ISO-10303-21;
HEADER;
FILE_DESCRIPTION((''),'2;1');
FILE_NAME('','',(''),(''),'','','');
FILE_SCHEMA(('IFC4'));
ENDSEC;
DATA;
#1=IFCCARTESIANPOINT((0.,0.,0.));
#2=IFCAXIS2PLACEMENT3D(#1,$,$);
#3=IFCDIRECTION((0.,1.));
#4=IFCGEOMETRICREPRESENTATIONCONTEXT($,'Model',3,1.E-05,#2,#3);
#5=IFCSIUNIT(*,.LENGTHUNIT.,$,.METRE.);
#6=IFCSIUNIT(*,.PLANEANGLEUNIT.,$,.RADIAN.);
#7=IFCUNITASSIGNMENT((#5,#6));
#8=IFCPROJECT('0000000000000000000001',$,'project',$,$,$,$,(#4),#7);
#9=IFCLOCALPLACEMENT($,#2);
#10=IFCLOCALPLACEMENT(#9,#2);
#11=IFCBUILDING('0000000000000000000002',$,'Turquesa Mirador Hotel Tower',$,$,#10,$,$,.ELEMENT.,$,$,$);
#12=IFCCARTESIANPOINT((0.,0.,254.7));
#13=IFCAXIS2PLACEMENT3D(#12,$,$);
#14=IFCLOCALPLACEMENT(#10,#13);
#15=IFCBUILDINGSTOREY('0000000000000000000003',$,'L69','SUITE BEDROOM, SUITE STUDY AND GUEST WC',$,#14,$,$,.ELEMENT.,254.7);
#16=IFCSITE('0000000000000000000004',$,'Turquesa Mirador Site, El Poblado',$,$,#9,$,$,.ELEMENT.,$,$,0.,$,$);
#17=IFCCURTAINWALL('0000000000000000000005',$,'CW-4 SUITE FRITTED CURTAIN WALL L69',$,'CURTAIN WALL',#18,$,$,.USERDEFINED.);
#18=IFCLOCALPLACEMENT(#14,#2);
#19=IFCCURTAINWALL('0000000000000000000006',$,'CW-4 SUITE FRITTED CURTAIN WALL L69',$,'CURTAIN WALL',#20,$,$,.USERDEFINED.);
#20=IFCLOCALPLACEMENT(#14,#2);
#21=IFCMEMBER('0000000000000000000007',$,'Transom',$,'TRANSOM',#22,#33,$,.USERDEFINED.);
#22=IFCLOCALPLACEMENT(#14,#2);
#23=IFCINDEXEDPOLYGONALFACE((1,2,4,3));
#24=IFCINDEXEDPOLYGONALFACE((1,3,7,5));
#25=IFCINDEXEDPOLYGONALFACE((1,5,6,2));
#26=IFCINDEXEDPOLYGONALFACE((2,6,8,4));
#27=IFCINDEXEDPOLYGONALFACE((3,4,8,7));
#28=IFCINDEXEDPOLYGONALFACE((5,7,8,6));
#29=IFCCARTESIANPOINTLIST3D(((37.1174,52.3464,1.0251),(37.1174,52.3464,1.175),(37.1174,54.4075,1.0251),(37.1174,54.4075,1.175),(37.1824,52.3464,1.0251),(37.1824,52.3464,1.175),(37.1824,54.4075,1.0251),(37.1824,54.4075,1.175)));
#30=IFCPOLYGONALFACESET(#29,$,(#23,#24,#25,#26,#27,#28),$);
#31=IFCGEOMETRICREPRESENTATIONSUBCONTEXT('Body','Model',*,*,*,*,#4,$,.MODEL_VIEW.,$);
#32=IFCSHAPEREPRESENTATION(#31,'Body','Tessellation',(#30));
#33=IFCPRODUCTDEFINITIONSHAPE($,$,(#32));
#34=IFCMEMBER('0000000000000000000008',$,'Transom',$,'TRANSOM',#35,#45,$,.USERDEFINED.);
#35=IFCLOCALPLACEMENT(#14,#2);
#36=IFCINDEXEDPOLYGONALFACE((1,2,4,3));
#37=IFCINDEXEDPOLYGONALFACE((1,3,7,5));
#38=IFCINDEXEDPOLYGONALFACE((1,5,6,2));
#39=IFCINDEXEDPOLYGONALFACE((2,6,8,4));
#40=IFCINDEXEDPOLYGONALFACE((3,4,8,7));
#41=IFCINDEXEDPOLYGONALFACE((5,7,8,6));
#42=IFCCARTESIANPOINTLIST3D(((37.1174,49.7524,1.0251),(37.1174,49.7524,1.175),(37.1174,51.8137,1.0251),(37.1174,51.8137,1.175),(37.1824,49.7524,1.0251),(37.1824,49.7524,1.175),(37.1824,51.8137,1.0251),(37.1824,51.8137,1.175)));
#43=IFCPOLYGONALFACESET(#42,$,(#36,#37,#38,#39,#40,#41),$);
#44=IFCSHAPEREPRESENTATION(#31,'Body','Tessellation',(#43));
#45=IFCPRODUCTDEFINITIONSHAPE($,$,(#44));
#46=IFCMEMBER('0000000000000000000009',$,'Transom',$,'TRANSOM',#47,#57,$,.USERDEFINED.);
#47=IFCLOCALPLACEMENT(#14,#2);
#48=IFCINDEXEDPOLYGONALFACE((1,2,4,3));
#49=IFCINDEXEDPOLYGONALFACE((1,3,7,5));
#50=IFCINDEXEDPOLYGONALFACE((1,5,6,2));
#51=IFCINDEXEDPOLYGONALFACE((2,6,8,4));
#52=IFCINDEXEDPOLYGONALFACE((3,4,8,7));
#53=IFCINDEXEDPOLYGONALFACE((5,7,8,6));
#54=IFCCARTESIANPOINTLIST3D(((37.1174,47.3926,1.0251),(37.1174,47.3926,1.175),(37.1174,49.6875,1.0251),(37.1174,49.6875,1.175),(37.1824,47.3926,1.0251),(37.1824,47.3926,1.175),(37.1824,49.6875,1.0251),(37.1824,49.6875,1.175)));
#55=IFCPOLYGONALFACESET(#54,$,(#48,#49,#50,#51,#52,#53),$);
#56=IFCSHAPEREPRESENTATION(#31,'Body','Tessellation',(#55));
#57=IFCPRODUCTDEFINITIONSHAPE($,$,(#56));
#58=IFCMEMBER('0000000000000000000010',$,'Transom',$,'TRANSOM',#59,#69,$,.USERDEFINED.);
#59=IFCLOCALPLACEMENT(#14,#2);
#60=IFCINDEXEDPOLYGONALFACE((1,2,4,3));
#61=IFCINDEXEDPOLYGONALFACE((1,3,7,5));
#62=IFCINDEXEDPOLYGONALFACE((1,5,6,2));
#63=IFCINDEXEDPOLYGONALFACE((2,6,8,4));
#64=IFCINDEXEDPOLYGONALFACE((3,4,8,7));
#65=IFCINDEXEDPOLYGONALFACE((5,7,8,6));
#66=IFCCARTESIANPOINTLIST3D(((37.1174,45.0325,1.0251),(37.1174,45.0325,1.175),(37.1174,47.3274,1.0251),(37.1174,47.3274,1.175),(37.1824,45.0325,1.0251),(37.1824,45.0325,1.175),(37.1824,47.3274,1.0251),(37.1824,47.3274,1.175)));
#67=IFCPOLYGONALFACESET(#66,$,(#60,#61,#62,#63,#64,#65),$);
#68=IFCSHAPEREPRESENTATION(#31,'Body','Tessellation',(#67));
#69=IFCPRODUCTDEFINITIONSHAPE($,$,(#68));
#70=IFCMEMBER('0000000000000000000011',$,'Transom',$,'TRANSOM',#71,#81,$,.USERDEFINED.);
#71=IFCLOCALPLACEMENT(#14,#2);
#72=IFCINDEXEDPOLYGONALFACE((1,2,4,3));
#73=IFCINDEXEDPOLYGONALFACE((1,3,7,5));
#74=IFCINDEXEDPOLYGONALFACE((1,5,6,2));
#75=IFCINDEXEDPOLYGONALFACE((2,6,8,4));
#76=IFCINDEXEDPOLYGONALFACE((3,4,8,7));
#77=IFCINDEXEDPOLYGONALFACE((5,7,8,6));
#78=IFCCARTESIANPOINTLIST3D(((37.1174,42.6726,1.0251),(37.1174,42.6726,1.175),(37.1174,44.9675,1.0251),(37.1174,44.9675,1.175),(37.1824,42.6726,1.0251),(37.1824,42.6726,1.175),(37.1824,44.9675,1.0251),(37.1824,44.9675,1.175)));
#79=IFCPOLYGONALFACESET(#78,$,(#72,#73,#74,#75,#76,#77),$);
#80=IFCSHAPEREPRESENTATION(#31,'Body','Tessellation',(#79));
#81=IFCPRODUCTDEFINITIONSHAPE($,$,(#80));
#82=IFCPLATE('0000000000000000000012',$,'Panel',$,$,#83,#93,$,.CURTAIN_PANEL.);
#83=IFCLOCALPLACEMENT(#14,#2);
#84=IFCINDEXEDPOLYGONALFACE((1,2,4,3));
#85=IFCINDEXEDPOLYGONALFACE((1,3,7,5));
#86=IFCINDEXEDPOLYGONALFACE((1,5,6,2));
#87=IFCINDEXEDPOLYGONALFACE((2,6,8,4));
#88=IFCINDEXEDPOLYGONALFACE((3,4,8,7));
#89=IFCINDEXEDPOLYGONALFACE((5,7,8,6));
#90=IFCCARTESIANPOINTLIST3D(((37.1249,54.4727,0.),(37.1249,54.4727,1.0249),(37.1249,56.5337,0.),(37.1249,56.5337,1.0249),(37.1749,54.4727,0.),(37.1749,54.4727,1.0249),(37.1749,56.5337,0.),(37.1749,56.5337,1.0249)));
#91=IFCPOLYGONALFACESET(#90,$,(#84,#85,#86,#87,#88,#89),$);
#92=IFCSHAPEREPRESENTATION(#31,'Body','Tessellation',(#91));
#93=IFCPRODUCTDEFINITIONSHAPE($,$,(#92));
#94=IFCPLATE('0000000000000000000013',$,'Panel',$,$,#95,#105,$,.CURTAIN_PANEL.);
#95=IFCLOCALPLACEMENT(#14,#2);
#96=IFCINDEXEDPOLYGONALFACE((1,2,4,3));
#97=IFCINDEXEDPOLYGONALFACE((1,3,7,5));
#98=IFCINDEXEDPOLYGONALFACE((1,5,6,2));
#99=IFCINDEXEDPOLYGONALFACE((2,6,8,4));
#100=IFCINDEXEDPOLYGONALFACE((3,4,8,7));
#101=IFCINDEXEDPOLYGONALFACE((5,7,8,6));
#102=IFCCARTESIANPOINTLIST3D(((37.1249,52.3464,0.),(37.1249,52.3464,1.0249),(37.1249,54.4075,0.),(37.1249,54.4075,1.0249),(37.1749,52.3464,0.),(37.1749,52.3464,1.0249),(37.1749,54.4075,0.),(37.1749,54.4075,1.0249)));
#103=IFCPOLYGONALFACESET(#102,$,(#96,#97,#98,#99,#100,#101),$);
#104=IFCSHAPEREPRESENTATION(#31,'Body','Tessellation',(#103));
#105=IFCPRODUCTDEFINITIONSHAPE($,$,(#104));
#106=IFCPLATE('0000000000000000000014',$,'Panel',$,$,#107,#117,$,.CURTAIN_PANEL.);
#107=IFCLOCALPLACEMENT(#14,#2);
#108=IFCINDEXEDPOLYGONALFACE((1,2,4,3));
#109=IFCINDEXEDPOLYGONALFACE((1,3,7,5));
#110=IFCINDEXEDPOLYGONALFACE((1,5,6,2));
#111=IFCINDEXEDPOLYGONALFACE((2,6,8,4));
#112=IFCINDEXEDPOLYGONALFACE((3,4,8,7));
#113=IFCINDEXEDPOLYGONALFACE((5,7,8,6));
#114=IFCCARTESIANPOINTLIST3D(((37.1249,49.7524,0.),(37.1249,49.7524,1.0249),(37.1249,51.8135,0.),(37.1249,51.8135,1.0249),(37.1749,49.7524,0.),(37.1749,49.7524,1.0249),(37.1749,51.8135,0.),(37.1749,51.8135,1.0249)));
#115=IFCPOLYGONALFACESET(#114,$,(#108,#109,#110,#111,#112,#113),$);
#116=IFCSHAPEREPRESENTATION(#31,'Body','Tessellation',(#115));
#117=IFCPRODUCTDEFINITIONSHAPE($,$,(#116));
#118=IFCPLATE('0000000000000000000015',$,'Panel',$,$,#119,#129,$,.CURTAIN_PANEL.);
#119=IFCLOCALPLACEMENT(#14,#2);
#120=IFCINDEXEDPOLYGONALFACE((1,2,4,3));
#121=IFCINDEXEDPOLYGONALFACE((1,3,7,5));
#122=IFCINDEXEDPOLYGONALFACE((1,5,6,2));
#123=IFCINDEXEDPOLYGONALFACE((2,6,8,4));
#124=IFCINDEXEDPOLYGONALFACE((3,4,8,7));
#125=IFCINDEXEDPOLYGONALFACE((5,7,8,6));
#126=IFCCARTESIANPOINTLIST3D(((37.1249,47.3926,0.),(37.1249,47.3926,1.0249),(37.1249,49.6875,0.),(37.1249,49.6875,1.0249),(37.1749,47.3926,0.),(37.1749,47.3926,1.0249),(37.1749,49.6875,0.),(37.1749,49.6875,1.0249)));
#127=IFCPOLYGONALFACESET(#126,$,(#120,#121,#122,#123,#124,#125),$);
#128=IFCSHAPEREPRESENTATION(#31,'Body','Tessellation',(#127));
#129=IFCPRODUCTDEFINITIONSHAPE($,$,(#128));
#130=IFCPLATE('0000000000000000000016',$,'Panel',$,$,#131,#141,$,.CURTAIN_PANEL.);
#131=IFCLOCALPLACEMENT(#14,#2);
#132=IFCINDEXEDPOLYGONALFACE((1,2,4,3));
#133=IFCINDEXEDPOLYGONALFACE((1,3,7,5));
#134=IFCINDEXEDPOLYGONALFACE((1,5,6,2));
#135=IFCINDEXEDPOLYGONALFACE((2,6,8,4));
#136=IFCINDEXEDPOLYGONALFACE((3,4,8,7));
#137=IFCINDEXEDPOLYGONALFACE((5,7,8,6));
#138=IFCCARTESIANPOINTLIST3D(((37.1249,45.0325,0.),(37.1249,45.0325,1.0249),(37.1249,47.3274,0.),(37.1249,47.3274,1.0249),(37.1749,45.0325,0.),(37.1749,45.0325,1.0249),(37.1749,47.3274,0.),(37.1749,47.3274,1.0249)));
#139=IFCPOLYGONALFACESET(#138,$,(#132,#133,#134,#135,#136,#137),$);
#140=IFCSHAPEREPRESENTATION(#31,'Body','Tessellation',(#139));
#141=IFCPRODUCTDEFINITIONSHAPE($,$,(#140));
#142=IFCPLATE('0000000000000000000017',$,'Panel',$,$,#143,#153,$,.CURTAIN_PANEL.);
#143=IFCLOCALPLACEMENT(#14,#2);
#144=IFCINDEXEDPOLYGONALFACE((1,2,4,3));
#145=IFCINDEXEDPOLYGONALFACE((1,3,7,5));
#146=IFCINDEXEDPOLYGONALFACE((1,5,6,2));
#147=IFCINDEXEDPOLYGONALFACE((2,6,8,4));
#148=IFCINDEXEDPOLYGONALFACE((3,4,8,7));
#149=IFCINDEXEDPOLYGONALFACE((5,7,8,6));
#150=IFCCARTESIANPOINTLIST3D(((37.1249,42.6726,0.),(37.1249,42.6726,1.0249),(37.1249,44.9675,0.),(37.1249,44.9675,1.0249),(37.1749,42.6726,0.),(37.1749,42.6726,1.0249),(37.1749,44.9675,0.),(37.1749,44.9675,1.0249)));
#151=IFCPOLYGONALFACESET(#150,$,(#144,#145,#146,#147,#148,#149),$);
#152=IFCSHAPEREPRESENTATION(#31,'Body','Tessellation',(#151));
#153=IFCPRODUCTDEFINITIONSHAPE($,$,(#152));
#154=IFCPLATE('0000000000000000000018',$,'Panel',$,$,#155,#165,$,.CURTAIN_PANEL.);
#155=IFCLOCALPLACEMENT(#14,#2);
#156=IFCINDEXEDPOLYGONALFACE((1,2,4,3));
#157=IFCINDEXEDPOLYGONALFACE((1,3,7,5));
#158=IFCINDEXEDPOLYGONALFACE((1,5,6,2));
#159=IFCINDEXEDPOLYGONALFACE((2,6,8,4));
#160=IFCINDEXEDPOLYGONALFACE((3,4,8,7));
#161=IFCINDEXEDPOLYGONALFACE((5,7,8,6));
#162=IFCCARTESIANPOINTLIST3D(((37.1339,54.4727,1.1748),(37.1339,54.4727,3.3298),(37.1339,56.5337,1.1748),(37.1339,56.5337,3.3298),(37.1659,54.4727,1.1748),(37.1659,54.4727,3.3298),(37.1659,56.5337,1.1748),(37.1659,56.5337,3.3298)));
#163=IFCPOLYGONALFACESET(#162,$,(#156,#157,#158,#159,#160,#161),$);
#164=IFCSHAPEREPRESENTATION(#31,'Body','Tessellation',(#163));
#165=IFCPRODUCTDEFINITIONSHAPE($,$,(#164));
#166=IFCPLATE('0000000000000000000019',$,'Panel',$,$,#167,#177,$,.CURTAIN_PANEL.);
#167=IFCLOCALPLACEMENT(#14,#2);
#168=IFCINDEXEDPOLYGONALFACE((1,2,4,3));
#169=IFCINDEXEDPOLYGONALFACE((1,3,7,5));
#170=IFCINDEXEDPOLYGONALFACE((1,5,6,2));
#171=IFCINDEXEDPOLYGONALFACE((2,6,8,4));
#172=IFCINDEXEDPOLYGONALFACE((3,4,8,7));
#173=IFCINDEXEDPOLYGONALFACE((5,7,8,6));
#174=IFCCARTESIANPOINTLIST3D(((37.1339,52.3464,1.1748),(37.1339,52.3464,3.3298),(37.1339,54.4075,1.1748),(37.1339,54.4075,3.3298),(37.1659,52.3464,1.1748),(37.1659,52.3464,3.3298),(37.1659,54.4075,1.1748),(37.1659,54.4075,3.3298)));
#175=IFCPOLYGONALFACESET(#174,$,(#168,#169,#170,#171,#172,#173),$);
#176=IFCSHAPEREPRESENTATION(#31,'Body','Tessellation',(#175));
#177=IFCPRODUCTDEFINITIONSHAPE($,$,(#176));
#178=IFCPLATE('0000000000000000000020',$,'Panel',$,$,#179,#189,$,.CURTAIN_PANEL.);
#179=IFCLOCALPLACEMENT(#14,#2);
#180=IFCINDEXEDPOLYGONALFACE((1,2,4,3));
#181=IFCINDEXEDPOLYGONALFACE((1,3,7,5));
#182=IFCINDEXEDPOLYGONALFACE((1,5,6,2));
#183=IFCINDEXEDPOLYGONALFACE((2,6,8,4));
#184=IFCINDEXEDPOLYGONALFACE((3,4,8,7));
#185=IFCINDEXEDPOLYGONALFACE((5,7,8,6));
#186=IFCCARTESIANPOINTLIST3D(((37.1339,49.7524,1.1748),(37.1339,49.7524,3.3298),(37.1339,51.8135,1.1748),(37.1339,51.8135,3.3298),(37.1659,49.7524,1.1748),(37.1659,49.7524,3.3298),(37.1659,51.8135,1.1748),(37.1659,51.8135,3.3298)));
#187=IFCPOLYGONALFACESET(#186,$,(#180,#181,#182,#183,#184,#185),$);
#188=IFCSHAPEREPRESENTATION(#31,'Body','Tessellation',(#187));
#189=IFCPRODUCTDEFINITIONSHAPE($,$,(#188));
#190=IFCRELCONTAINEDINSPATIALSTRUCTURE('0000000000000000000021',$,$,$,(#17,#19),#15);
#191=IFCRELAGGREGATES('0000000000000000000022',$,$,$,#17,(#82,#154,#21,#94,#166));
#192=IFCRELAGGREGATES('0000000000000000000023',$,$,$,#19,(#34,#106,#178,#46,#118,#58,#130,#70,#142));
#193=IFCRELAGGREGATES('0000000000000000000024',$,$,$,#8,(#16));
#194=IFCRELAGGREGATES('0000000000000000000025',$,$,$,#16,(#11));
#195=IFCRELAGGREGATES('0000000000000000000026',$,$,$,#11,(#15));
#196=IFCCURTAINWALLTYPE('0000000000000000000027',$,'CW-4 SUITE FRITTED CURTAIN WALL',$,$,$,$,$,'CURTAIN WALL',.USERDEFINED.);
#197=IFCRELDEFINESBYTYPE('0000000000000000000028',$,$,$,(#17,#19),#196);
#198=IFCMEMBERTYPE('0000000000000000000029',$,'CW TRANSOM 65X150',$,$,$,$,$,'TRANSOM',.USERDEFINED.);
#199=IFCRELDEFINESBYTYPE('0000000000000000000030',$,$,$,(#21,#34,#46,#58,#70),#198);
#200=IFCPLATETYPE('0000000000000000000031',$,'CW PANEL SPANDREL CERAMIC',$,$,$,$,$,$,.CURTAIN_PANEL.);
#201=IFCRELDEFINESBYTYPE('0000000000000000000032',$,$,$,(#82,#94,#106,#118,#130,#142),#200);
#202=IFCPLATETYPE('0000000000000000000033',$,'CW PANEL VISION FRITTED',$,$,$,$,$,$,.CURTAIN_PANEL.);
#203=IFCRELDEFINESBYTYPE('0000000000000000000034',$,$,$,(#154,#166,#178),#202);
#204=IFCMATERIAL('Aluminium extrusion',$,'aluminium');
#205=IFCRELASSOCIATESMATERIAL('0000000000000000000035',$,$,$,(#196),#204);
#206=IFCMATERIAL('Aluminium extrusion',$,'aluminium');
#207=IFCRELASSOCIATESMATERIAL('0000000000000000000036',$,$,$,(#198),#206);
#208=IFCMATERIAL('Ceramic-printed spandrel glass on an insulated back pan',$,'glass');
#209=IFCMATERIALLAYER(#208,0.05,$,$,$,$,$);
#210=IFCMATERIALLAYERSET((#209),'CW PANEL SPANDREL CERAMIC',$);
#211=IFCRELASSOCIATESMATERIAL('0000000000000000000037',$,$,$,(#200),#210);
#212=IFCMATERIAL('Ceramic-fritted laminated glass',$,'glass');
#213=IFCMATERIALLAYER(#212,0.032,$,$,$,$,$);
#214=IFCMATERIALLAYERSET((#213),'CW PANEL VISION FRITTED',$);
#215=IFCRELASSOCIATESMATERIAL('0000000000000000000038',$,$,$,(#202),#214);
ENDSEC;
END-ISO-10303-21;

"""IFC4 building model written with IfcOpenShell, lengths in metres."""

from ifc_helpers import new_model, si_unit, direction, frame, origin, origin_2d, place, context, subcontext, project, spatial, rectangle, extrude, material, layer, layer_set, material_profile, profile_set, type_object, element, aggregate, save


model = new_model("IFC4")

# Units and contexts
model_context = context("Model", 3, precision=1e-05, world=origin(), true_north=direction((0.0, 1.0)))
body_context = subcontext(model_context, "Body", "Model", "MODEL_VIEW")
ifc_project = project(units=[si_unit("LENGTHUNIT", "METRE"), si_unit("PLANEANGLEUNIT", "RADIAN")], contexts=[model_context])

# Site, building, storey
site_placement = place(None, origin())
site = spatial("IfcSite", under=ifc_project, at=site_placement, Name="Turquesa Mirador Site, El Poblado", CompositionType="ELEMENT", RefElevation=0.0)
building_placement = place(site_placement, origin())
building = spatial("IfcBuilding", under=site, at=building_placement, Name="Turquesa Mirador Hotel Tower", CompositionType="ELEMENT")
storey_placement = place(building_placement, frame((0.0, 0.0, 254.7)))
storey = spatial("IfcBuildingStorey", under=building, at=storey_placement, Name="L69", Description="SUITE BEDROOM, SUITE STUDY AND GUEST WC", CompositionType="ELEMENT", Elevation=254.7)

# Curtain walls
ifc_material_1 = material(Name="Aluminium extrusion", Category="aluminium")
curtain_wall_type = type_object("IfcCurtainWallType", Name="CW-4 SUITE FRITTED CURTAIN WALL", ElementType="CURTAIN WALL", PredefinedType="USERDEFINED", material=ifc_material_1)
curtain_wall_1_placement = place(storey_placement, origin())
curtain_wall_1 = element("IfcCurtainWall", 1, at=curtain_wall_1_placement, inside=storey, type_object=curtain_wall_type, Name="CW-4 SUITE FRITTED CURTAIN WALL L69", ObjectType="CURTAIN WALL", PredefinedType="USERDEFINED")
curtain_wall_2_placement = place(storey_placement, origin())
curtain_wall_2 = element("IfcCurtainWall", 2, at=curtain_wall_2_placement, inside=storey, type_object=curtain_wall_type, Name="CW-4 SUITE FRITTED CURTAIN WALL L69", ObjectType="CURTAIN WALL", PredefinedType="USERDEFINED")

# Members
ifc_material_2 = material(Name="Aluminium extrusion", Category="aluminium")
ifc_material_profile_1 = material_profile(ifc_material_2, rectangle(XDim=0.0649, YDim=0.1499, at=origin_2d()), Name="TRANSOM 65X150")
ifc_profile_set_1 = profile_set([ifc_material_profile_1], Name="Aluminium extrusion")
member_type_1 = type_object("IfcMemberType", Name="CW TRANSOM 65X150", ElementType="TRANSOM", PredefinedType="USERDEFINED", material=ifc_profile_set_1)
member_1_placement = place(storey_placement, frame((37.1499, 54.4075, 1.1001), z_axis=(0.0, -1.0, 0.0), x_axis=(1.0, 0.0, 0.0)))
member_1 = element("IfcMember", 3, at=member_1_placement, type_object=member_type_1, Name="Transom", ObjectType="TRANSOM", PredefinedType="USERDEFINED", context=body_context, shape_type="SweptSolid", body=[
    extrude(rectangle(XDim=0.0649, YDim=0.1499, at=origin_2d()), origin(), (0.0, 0.0, 1.0), 2.061),
])
member_2_placement = place(storey_placement, frame((37.1499, 51.8137, 1.1001), z_axis=(0.0, -1.0, 0.0), x_axis=(1.0, 0.0, 0.0)))
member_2 = element("IfcMember", 4, at=member_2_placement, type_object=member_type_1, Name="Transom", ObjectType="TRANSOM", PredefinedType="USERDEFINED", context=body_context, shape_type="SweptSolid", body=[
    extrude(rectangle(XDim=0.0649, YDim=0.1499, at=origin_2d()), origin(), (0.0, 0.0, 1.0), 2.0613),
])
member_3_placement = place(storey_placement, frame((37.1499, 49.6875, 1.1001), z_axis=(0.0, -1.0, 0.0), x_axis=(1.0, 0.0, 0.0)))
member_3 = element("IfcMember", 5, at=member_3_placement, type_object=member_type_1, Name="Transom", ObjectType="TRANSOM", PredefinedType="USERDEFINED", context=body_context, shape_type="SweptSolid", body=[
    extrude(rectangle(XDim=0.0649, YDim=0.1499, at=origin_2d()), origin(), (0.0, 0.0, 1.0), 2.2949),
])
member_4_placement = place(storey_placement, frame((37.1499, 47.3274, 1.1001), z_axis=(0.0, -1.0, 0.0), x_axis=(1.0, 0.0, 0.0)))
member_4 = element("IfcMember", 6, at=member_4_placement, type_object=member_type_1, Name="Transom", ObjectType="TRANSOM", PredefinedType="USERDEFINED", context=body_context, shape_type="SweptSolid", body=[
    extrude(rectangle(XDim=0.0649, YDim=0.1499, at=origin_2d()), origin(), (0.0, 0.0, 1.0), 2.2949),
])
member_5_placement = place(storey_placement, frame((37.1499, 44.9675, 1.1001), z_axis=(0.0, -1.0, 0.0), x_axis=(1.0, 0.0, 0.0)))
member_5 = element("IfcMember", 7, at=member_5_placement, type_object=member_type_1, Name="Transom", ObjectType="TRANSOM", PredefinedType="USERDEFINED", context=body_context, shape_type="SweptSolid", body=[
    extrude(rectangle(XDim=0.0649, YDim=0.1499, at=origin_2d()), origin(), (0.0, 0.0, 1.0), 2.2949),
])

# Plates
ifc_material_3 = material(Name="Ceramic-printed spandrel glass on an insulated back pan", Category="glass")
ifc_layer_1 = layer(ifc_material_3, 0.05)
ifc_layer_set_1 = layer_set([ifc_layer_1], Name="CW PANEL SPANDREL CERAMIC")
plate_type_1 = type_object("IfcPlateType", Name="CW PANEL SPANDREL CERAMIC", PredefinedType="CURTAIN_PANEL", material=ifc_layer_set_1)
plate_1_placement = place(storey_placement, frame((37.1499, 55.5032, 0.0), z_axis=(0.0, 0.0, 1.0), x_axis=(0.0, -1.0, 0.0)))
plate_1 = element("IfcPlate", 8, at=plate_1_placement, type_object=plate_type_1, Name="Panel", PredefinedType="CURTAIN_PANEL", context=body_context, shape_type="SweptSolid", body=[
    extrude(rectangle(XDim=2.061, YDim=0.05, at=origin_2d()), origin(), (0.0, 0.0, 1.0), 1.0249),
])
plate_2_placement = place(storey_placement, frame((37.1499, 53.377, 0.0), z_axis=(0.0, 0.0, 1.0), x_axis=(0.0, -1.0, 0.0)))
plate_2 = element("IfcPlate", 9, at=plate_2_placement, type_object=plate_type_1, Name="Panel", PredefinedType="CURTAIN_PANEL", context=body_context, shape_type="SweptSolid", body=[
    extrude(rectangle(XDim=2.061, YDim=0.05, at=origin_2d()), origin(), (0.0, 0.0, 1.0), 1.0249),
])
plate_3_placement = place(storey_placement, frame((37.1499, 50.783, 0.0), z_axis=(0.0, 0.0, 1.0), x_axis=(0.0, -1.0, 0.0)))
plate_3 = element("IfcPlate", 10, at=plate_3_placement, type_object=plate_type_1, Name="Panel", PredefinedType="CURTAIN_PANEL", context=body_context, shape_type="SweptSolid", body=[
    extrude(rectangle(XDim=2.061, YDim=0.05, at=origin_2d()), origin(), (0.0, 0.0, 1.0), 1.0249),
])
plate_4_placement = place(storey_placement, frame((37.1499, 48.54, 0.0), z_axis=(0.0, 0.0, 1.0), x_axis=(0.0, -1.0, 0.0)))
plate_4 = element("IfcPlate", 11, at=plate_4_placement, type_object=plate_type_1, Name="Panel", PredefinedType="CURTAIN_PANEL", context=body_context, shape_type="SweptSolid", body=[
    extrude(rectangle(XDim=2.2949, YDim=0.05, at=origin_2d()), origin(), (0.0, 0.0, 1.0), 1.0249),
])
plate_5_placement = place(storey_placement, frame((37.1499, 46.1799, 0.0), z_axis=(0.0, 0.0, 1.0), x_axis=(0.0, -1.0, 0.0)))
plate_5 = element("IfcPlate", 12, at=plate_5_placement, type_object=plate_type_1, Name="Panel", PredefinedType="CURTAIN_PANEL", context=body_context, shape_type="SweptSolid", body=[
    extrude(rectangle(XDim=2.2949, YDim=0.05, at=origin_2d()), origin(), (0.0, 0.0, 1.0), 1.0249),
])
plate_6_placement = place(storey_placement, frame((37.1499, 43.8201, 0.0), z_axis=(0.0, 0.0, 1.0), x_axis=(0.0, -1.0, 0.0)))
plate_6 = element("IfcPlate", 13, at=plate_6_placement, type_object=plate_type_1, Name="Panel", PredefinedType="CURTAIN_PANEL", context=body_context, shape_type="SweptSolid", body=[
    extrude(rectangle(XDim=2.2949, YDim=0.05, at=origin_2d()), origin(), (0.0, 0.0, 1.0), 1.0249),
])
ifc_material_4 = material(Name="Ceramic-fritted laminated glass", Category="glass")
ifc_layer_2 = layer(ifc_material_4, 0.032)
ifc_layer_set_2 = layer_set([ifc_layer_2], Name="CW PANEL VISION FRITTED")
plate_type_2 = type_object("IfcPlateType", Name="CW PANEL VISION FRITTED", PredefinedType="CURTAIN_PANEL", material=ifc_layer_set_2)
plate_7_placement = place(storey_placement, frame((37.1499, 55.5032, 1.1748), z_axis=(0.0, 0.0, 1.0), x_axis=(0.0, -1.0, 0.0)))
plate_7 = element("IfcPlate", 14, at=plate_7_placement, type_object=plate_type_2, Name="Panel", PredefinedType="CURTAIN_PANEL", context=body_context, shape_type="SweptSolid", body=[
    extrude(rectangle(XDim=2.061, YDim=0.032, at=origin_2d()), origin(), (0.0, 0.0, 1.0), 2.155),
])
plate_8_placement = place(storey_placement, frame((37.1499, 53.377, 1.1748), z_axis=(0.0, 0.0, 1.0), x_axis=(0.0, -1.0, 0.0)))
plate_8 = element("IfcPlate", 15, at=plate_8_placement, type_object=plate_type_2, Name="Panel", PredefinedType="CURTAIN_PANEL", context=body_context, shape_type="SweptSolid", body=[
    extrude(rectangle(XDim=2.061, YDim=0.032, at=origin_2d()), origin(), (0.0, 0.0, 1.0), 2.155),
])
aggregate(curtain_wall_1, [plate_1, plate_7, member_1, plate_2, plate_8])
plate_9_placement = place(storey_placement, frame((37.1499, 50.783, 1.1748), z_axis=(0.0, 0.0, 1.0), x_axis=(0.0, -1.0, 0.0)))
plate_9 = element("IfcPlate", 16, at=plate_9_placement, type_object=plate_type_2, Name="Panel", PredefinedType="CURTAIN_PANEL", context=body_context, shape_type="SweptSolid", body=[
    extrude(rectangle(XDim=2.061, YDim=0.032, at=origin_2d()), origin(), (0.0, 0.0, 1.0), 2.155),
])
aggregate(curtain_wall_2, [member_2, plate_3, plate_9, member_3, plate_4, member_4, plate_5, member_5, plate_6])

save(model, "model.ifc")
